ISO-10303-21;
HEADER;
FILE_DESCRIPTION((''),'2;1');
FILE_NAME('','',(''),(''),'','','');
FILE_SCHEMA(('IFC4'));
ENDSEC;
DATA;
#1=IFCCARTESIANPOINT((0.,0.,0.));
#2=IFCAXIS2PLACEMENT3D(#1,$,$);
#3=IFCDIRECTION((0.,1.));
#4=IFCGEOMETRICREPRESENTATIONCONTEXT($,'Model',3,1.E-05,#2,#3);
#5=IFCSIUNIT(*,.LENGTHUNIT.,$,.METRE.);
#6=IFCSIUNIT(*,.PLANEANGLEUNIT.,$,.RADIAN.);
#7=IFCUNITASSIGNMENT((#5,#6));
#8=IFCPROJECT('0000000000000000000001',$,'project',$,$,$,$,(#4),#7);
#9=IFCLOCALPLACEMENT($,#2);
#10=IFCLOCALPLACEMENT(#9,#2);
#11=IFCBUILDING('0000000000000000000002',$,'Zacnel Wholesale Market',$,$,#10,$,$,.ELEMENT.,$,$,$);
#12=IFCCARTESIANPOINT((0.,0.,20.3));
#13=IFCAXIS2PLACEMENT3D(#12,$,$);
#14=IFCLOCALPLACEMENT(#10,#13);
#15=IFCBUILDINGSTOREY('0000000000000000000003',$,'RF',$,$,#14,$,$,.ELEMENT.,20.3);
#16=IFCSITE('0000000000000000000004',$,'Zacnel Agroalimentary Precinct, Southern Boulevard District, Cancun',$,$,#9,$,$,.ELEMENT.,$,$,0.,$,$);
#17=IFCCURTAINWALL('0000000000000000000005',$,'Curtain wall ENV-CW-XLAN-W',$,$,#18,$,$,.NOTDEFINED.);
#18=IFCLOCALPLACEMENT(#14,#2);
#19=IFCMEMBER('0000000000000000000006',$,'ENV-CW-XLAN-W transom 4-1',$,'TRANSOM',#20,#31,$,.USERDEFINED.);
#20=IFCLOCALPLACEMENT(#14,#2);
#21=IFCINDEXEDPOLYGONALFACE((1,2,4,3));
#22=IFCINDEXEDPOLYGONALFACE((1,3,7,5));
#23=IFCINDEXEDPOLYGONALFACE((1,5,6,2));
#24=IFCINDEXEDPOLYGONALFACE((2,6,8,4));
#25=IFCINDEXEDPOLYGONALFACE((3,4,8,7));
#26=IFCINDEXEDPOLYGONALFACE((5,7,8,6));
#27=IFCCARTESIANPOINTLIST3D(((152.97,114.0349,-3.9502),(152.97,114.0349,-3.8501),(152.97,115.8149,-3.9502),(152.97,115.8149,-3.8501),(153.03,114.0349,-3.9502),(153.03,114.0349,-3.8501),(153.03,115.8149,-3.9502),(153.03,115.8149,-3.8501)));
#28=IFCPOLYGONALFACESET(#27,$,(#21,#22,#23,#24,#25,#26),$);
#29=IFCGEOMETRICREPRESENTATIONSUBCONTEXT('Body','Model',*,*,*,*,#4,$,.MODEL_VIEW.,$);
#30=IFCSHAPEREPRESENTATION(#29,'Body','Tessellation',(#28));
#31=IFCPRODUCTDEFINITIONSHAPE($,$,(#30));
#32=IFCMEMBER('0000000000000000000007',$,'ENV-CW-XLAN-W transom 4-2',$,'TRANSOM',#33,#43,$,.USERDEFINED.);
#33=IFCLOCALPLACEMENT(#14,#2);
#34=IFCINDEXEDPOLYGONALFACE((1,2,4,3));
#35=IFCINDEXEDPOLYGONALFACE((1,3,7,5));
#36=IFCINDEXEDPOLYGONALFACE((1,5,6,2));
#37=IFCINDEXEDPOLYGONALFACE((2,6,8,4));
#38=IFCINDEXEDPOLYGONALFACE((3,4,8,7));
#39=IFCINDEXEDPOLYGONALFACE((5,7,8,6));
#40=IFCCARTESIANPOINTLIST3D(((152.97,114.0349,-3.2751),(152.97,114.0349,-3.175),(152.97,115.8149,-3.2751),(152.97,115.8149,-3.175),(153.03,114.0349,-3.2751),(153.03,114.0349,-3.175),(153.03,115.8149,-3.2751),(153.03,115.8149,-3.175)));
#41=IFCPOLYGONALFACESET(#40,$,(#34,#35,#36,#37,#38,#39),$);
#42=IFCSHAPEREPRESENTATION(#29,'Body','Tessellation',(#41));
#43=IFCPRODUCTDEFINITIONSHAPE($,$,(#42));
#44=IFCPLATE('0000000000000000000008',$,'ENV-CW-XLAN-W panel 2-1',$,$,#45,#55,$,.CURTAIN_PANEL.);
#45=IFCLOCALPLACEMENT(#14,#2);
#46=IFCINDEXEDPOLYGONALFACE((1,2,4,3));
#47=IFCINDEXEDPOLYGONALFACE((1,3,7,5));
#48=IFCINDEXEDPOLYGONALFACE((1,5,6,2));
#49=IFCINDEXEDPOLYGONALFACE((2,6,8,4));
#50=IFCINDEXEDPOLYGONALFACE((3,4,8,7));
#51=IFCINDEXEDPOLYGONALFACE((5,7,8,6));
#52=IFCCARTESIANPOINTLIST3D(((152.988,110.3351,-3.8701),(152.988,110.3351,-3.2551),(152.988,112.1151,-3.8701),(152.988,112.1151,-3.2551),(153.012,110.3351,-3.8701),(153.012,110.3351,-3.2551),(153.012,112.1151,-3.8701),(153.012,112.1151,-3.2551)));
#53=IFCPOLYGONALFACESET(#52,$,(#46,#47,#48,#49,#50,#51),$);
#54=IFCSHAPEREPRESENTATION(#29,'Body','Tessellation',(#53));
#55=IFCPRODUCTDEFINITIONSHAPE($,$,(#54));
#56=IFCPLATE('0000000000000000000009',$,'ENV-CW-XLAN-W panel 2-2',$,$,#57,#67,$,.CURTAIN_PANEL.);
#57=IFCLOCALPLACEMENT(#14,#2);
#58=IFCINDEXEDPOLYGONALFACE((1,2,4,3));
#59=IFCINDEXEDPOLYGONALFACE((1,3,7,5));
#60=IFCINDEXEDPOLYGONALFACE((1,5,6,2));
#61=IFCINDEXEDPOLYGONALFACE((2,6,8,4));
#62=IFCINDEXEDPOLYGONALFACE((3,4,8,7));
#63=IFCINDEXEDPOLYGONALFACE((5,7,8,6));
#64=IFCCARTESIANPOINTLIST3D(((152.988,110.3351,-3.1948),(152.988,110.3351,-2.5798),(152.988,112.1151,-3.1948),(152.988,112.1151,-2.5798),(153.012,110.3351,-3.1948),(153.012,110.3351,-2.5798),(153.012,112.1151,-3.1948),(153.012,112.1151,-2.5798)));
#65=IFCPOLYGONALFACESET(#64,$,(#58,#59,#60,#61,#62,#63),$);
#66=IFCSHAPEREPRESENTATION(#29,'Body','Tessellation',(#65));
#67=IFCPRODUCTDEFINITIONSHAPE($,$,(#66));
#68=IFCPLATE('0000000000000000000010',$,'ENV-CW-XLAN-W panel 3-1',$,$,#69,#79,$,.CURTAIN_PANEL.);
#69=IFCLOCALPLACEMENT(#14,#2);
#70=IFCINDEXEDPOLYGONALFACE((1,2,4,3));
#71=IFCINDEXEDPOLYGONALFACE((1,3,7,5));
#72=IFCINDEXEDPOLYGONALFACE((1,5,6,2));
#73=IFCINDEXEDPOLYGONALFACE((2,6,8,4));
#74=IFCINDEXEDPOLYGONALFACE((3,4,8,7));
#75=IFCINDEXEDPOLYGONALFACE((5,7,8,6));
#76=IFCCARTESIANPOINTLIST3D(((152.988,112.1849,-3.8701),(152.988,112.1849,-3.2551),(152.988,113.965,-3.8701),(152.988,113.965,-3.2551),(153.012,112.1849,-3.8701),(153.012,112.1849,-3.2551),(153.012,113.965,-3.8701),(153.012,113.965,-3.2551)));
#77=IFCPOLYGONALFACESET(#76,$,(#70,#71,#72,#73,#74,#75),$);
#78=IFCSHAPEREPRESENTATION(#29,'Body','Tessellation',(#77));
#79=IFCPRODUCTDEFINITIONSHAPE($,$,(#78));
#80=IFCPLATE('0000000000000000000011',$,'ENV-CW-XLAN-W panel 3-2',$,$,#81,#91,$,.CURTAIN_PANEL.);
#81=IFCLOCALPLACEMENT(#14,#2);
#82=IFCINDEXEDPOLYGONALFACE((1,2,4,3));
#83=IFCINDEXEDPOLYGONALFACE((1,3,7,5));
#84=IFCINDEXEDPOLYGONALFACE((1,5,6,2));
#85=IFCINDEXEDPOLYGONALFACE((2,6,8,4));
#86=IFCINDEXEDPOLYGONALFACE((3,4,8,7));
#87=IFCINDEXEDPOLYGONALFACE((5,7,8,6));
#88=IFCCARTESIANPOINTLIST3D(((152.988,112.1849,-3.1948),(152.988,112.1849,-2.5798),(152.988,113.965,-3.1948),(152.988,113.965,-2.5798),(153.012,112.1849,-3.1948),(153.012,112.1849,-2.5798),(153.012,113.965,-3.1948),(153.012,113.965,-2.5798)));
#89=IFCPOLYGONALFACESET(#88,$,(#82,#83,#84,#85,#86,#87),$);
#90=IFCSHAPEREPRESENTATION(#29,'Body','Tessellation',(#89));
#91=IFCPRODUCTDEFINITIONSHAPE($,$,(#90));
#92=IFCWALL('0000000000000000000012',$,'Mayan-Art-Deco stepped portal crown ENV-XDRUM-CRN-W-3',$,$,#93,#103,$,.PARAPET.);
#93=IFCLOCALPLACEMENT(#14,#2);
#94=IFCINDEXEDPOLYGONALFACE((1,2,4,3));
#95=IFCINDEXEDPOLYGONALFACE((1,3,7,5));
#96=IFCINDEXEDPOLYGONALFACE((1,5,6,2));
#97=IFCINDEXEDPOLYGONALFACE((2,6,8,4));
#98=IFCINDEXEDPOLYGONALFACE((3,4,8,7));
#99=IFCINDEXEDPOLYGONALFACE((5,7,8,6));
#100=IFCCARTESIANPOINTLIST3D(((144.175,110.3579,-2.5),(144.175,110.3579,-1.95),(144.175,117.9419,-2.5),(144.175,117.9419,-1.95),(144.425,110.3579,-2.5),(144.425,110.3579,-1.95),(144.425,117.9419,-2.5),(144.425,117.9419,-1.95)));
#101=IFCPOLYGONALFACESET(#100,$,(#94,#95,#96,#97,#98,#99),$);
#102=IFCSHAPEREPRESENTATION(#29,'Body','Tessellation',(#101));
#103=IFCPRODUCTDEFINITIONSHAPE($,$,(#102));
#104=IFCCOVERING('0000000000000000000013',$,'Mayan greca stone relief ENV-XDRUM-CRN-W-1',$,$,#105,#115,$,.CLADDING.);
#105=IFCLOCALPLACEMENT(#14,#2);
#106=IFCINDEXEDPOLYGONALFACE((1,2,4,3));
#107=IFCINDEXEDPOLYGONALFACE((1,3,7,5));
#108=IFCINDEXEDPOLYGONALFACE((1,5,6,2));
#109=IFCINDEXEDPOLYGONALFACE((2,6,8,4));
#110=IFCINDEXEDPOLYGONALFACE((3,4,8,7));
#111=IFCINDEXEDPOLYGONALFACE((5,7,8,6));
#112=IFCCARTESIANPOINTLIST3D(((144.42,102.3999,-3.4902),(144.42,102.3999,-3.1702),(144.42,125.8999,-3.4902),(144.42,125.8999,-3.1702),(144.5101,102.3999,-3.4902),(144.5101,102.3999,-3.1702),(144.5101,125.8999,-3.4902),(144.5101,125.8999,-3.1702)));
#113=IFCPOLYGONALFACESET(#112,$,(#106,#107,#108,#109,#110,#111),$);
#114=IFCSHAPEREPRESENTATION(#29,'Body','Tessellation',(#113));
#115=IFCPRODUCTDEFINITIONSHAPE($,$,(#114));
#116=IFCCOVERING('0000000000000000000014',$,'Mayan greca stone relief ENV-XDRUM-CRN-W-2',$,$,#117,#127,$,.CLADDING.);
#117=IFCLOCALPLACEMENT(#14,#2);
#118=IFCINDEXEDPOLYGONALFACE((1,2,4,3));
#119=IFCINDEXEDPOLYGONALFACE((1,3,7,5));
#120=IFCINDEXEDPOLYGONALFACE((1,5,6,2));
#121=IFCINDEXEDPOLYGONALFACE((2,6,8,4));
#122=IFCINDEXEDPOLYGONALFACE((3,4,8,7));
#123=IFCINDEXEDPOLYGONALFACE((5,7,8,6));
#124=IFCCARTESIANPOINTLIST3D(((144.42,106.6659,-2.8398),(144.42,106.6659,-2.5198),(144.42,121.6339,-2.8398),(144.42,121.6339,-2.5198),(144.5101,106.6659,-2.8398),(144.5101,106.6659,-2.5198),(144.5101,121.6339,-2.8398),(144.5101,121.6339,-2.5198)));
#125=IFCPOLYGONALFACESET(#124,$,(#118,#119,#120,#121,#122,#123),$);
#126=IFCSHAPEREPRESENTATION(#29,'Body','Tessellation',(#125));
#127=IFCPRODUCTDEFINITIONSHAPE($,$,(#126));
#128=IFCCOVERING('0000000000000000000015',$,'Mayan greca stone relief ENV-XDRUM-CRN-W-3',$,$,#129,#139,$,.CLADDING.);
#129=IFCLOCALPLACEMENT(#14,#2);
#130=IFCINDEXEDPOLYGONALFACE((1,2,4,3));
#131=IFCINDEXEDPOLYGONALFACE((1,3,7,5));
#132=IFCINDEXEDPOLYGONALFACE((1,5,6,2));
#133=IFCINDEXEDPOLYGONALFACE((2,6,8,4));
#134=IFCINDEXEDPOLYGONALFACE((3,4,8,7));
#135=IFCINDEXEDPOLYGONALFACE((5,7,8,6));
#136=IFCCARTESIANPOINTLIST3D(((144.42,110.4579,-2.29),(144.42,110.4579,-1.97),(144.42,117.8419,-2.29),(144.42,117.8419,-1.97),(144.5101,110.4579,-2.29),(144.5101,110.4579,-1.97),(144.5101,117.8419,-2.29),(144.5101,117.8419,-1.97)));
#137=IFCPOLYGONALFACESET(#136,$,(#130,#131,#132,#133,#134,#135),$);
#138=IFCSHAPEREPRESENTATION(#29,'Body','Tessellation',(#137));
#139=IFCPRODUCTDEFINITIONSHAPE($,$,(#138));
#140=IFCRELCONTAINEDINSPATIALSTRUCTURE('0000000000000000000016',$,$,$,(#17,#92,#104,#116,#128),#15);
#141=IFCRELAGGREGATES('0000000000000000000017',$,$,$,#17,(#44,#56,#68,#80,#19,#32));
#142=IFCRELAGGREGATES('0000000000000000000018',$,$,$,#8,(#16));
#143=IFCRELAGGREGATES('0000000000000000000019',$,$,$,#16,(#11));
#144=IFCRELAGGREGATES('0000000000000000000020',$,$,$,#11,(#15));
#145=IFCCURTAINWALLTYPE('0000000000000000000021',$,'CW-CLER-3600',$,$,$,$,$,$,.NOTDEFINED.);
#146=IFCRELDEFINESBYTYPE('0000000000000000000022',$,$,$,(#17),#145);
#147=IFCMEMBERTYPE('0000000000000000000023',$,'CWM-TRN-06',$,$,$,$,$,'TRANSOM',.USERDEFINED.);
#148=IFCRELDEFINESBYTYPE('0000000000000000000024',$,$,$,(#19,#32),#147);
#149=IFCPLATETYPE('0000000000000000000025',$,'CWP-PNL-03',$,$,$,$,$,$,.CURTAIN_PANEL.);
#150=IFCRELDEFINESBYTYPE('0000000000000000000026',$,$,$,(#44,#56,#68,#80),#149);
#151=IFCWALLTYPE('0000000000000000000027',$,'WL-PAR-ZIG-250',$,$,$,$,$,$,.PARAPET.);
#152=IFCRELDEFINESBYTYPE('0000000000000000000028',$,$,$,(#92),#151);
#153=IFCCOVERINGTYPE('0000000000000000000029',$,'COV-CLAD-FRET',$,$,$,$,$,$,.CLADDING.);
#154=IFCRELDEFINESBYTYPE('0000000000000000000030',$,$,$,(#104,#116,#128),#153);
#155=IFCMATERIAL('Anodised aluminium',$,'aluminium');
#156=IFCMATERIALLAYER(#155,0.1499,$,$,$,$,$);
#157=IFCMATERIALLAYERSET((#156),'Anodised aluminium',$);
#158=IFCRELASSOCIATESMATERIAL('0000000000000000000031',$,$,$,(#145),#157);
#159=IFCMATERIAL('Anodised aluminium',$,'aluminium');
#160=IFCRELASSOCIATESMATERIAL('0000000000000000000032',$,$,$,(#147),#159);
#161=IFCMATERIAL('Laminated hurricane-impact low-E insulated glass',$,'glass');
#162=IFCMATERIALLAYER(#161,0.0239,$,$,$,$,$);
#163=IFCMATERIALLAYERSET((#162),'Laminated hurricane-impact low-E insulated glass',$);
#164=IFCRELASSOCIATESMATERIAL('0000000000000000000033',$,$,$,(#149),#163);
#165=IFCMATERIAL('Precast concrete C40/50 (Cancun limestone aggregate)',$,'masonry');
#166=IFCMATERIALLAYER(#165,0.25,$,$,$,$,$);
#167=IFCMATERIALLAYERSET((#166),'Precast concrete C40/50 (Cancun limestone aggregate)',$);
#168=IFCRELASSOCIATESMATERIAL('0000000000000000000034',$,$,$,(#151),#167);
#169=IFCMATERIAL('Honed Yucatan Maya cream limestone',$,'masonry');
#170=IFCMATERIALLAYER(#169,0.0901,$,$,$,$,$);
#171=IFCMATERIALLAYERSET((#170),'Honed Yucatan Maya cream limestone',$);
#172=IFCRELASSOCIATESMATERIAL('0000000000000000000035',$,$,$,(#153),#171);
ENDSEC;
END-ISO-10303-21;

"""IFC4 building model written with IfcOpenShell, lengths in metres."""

from ifc_helpers import new_model, si_unit, direction, frame, frame_2d, origin, origin_2d, place, context, subcontext, project, spatial, rectangle, extrude, material, layer, layer_set, material_profile, profile_set, type_object, element, aggregate, save


model = new_model("IFC4")

# Units and contexts
model_context = context("Model", 3, precision=1e-05, world=origin(), true_north=direction((0.0, 1.0)))
body_context = subcontext(model_context, "Body", "Model", "MODEL_VIEW")
ifc_project = project(units=[si_unit("LENGTHUNIT", "METRE"), si_unit("PLANEANGLEUNIT", "RADIAN")], contexts=[model_context])

# Site, building, storey
site_placement = place(None, origin())
site = spatial("IfcSite", under=ifc_project, at=site_placement, Name="Zacnel Agroalimentary Precinct, Southern Boulevard District, Cancun", CompositionType="ELEMENT", RefElevation=0.0)
building_placement = place(site_placement, origin())
building = spatial("IfcBuilding", under=site, at=building_placement, Name="Zacnel Wholesale Market", CompositionType="ELEMENT")
storey_placement = place(building_placement, frame((0.0, 0.0, 20.3)))
storey = spatial("IfcBuildingStorey", under=building, at=storey_placement, Name="RF", CompositionType="ELEMENT", Elevation=20.3)

# Curtain wall, members, plates
ifc_material_1 = material(Name="Anodised aluminium", Category="aluminium")
ifc_layer_1 = layer(ifc_material_1, 0.1499)
ifc_layer_set_1 = layer_set([ifc_layer_1], Name="Anodised aluminium")
curtain_wall_type = type_object("IfcCurtainWallType", Name="CW-CLER-3600", PredefinedType="NOTDEFINED", material=ifc_layer_set_1)
curtain_wall_placement = place(storey_placement, origin())
curtain_wall = element("IfcCurtainWall", 1, at=curtain_wall_placement, inside=storey, type_object=curtain_wall_type, Name="Curtain wall ENV-CW-XLAN-W", PredefinedType="NOTDEFINED")
ifc_material_2 = material(Name="Anodised aluminium", Category="aluminium")
ifc_material_profile_1 = material_profile(ifc_material_2, rectangle(XDim=0.0601, YDim=0.1001, at=origin_2d()), Name="AW-TRANSOM 60x100")
ifc_profile_set_1 = profile_set([ifc_material_profile_1], Name="Anodised aluminium")
member_type_1 = type_object("IfcMemberType", Name="CWM-TRN-06", ElementType="TRANSOM", PredefinedType="USERDEFINED", material=ifc_profile_set_1)
member_1_placement = place(storey_placement, frame((153.0, 114.0349, -3.9001), z_axis=(0.0, 1.0, 0.0), x_axis=(-1.0, 0.0, 0.0)))
member_1 = element("IfcMember", 2, at=member_1_placement, type_object=member_type_1, Name="ENV-CW-XLAN-W transom 4-1", ObjectType="TRANSOM", PredefinedType="USERDEFINED", context=body_context, shape_type="SweptSolid", body=[
    extrude(rectangle(XDim=0.0601, YDim=0.1001, at=origin_2d()), origin(), (0.0, 0.0, 1.0), 1.78),
])
member_2_placement = place(storey_placement, frame((153.0, 114.0349, -3.2251), z_axis=(0.0, 1.0, 0.0), x_axis=(-1.0, 0.0, 0.0)))
member_2 = element("IfcMember", 3, at=member_2_placement, type_object=member_type_1, Name="ENV-CW-XLAN-W transom 4-2", ObjectType="TRANSOM", PredefinedType="USERDEFINED", context=body_context, shape_type="SweptSolid", body=[
    extrude(rectangle(XDim=0.0601, YDim=0.1001, at=origin_2d()), origin(), (0.0, 0.0, 1.0), 1.78),
])
ifc_material_3 = material(Name="Laminated hurricane-impact low-E insulated glass", Category="glass")
ifc_layer_2 = layer(ifc_material_3, 0.0239)
ifc_layer_set_2 = layer_set([ifc_layer_2], Name="Laminated hurricane-impact low-E insulated glass")
plate_type = type_object("IfcPlateType", Name="CWP-PNL-03", PredefinedType="CURTAIN_PANEL", material=ifc_layer_set_2)
plate_1_placement = place(storey_placement, frame((153.0, 111.2251, -3.8701), z_axis=(0.0, 0.0, 1.0), x_axis=(0.0, 1.0, 0.0)))
plate_1 = element("IfcPlate", 4, at=plate_1_placement, type_object=plate_type, Name="ENV-CW-XLAN-W panel 2-1", PredefinedType="CURTAIN_PANEL", context=body_context, shape_type="SweptSolid", body=[
    extrude(rectangle(XDim=1.78, YDim=0.0239, at=origin_2d()), origin(), (0.0, 0.0, 1.0), 0.615),
])
plate_2_placement = place(storey_placement, frame((153.0, 111.2251, -3.1948), z_axis=(0.0, 0.0, 1.0), x_axis=(0.0, 1.0, 0.0)))
plate_2 = element("IfcPlate", 5, at=plate_2_placement, type_object=plate_type, Name="ENV-CW-XLAN-W panel 2-2", PredefinedType="CURTAIN_PANEL", context=body_context, shape_type="SweptSolid", body=[
    extrude(rectangle(XDim=1.78, YDim=0.0239, at=origin_2d()), origin(), (0.0, 0.0, 1.0), 0.615),
])
plate_3_placement = place(storey_placement, frame((153.0, 113.075, -3.8701), z_axis=(0.0, 0.0, 1.0), x_axis=(0.0, 1.0, 0.0)))
plate_3 = element("IfcPlate", 6, at=plate_3_placement, type_object=plate_type, Name="ENV-CW-XLAN-W panel 3-1", PredefinedType="CURTAIN_PANEL", context=body_context, shape_type="SweptSolid", body=[
    extrude(rectangle(XDim=1.78, YDim=0.0239, at=origin_2d()), origin(), (0.0, 0.0, 1.0), 0.615),
])
plate_4_placement = place(storey_placement, frame((153.0, 113.075, -3.1948), z_axis=(0.0, 0.0, 1.0), x_axis=(0.0, 1.0, 0.0)))
plate_4 = element("IfcPlate", 7, at=plate_4_placement, type_object=plate_type, Name="ENV-CW-XLAN-W panel 3-2", PredefinedType="CURTAIN_PANEL", context=body_context, shape_type="SweptSolid", body=[
    extrude(rectangle(XDim=1.78, YDim=0.0239, at=origin_2d()), origin(), (0.0, 0.0, 1.0), 0.615),
])
aggregate(curtain_wall, [plate_1, plate_2, plate_3, plate_4, member_1, member_2])

# Wall
ifc_material_4 = material(Name="Precast concrete C40/50 (Cancun limestone aggregate)", Category="masonry")
ifc_layer_3 = layer(ifc_material_4, 0.25)
ifc_layer_set_3 = layer_set([ifc_layer_3], Name="Precast concrete C40/50 (Cancun limestone aggregate)")
wall_type = type_object("IfcWallType", Name="WL-PAR-ZIG-250", PredefinedType="PARAPET", material=ifc_layer_set_3)
wall_placement = place(storey_placement, frame((144.3, 110.3579, -2.5), z_axis=(0.0, 0.0, 1.0), x_axis=(0.0, 1.0, 0.0)))
element("IfcWall", 8, at=wall_placement, inside=storey, type_object=wall_type, Name="Mayan-Art-Deco stepped portal crown ENV-XDRUM-CRN-W-3", PredefinedType="PARAPET", context=body_context, shape_type="SweptSolid", body=[
    extrude(rectangle(XDim=7.584, YDim=0.25, at=frame_2d((3.792, 0.0))), origin(), (0.0, 0.0, 1.0), 0.55),
])

# Coverings
ifc_material_5 = material(Name="Honed Yucatan Maya cream limestone", Category="masonry")
ifc_layer_4 = layer(ifc_material_5, 0.0901)
ifc_layer_set_4 = layer_set([ifc_layer_4], Name="Honed Yucatan Maya cream limestone")
covering_type = type_object("IfcCoveringType", Name="COV-CLAD-FRET", PredefinedType="CLADDING", material=ifc_layer_set_4)
covering_1_placement = place(storey_placement, frame((144.4651, 114.1499, -3.4902), z_axis=(0.0, 0.0, 1.0), x_axis=(0.0, 1.0, 0.0)))
element("IfcCovering", 9, at=covering_1_placement, inside=storey, type_object=covering_type, Name="Mayan greca stone relief ENV-XDRUM-CRN-W-1", PredefinedType="CLADDING", context=body_context, shape_type="SweptSolid", body=[
    extrude(rectangle(XDim=23.5, YDim=0.0901, at=origin_2d()), origin(), (0.0, 0.0, 1.0), 0.3201),
])
covering_2_placement = place(storey_placement, frame((144.4651, 114.1499, -2.8398), z_axis=(0.0, 0.0, 1.0), x_axis=(0.0, 1.0, 0.0)))
element("IfcCovering", 10, at=covering_2_placement, inside=storey, type_object=covering_type, Name="Mayan greca stone relief ENV-XDRUM-CRN-W-2", PredefinedType="CLADDING", context=body_context, shape_type="SweptSolid", body=[
    extrude(rectangle(XDim=14.968, YDim=0.0901, at=origin_2d()), origin(), (0.0, 0.0, 1.0), 0.3201),
])
covering_3_placement = place(storey_placement, frame((144.4651, 114.1499, -2.29), z_axis=(0.0, 0.0, 1.0), x_axis=(0.0, 1.0, 0.0)))
element("IfcCovering", 11, at=covering_3_placement, inside=storey, type_object=covering_type, Name="Mayan greca stone relief ENV-XDRUM-CRN-W-3", PredefinedType="CLADDING", context=body_context, shape_type="SweptSolid", body=[
    extrude(rectangle(XDim=7.384, YDim=0.0901, at=origin_2d()), origin(), (0.0, 0.0, 1.0), 0.3201),
])

save(model, "model.ifc")
